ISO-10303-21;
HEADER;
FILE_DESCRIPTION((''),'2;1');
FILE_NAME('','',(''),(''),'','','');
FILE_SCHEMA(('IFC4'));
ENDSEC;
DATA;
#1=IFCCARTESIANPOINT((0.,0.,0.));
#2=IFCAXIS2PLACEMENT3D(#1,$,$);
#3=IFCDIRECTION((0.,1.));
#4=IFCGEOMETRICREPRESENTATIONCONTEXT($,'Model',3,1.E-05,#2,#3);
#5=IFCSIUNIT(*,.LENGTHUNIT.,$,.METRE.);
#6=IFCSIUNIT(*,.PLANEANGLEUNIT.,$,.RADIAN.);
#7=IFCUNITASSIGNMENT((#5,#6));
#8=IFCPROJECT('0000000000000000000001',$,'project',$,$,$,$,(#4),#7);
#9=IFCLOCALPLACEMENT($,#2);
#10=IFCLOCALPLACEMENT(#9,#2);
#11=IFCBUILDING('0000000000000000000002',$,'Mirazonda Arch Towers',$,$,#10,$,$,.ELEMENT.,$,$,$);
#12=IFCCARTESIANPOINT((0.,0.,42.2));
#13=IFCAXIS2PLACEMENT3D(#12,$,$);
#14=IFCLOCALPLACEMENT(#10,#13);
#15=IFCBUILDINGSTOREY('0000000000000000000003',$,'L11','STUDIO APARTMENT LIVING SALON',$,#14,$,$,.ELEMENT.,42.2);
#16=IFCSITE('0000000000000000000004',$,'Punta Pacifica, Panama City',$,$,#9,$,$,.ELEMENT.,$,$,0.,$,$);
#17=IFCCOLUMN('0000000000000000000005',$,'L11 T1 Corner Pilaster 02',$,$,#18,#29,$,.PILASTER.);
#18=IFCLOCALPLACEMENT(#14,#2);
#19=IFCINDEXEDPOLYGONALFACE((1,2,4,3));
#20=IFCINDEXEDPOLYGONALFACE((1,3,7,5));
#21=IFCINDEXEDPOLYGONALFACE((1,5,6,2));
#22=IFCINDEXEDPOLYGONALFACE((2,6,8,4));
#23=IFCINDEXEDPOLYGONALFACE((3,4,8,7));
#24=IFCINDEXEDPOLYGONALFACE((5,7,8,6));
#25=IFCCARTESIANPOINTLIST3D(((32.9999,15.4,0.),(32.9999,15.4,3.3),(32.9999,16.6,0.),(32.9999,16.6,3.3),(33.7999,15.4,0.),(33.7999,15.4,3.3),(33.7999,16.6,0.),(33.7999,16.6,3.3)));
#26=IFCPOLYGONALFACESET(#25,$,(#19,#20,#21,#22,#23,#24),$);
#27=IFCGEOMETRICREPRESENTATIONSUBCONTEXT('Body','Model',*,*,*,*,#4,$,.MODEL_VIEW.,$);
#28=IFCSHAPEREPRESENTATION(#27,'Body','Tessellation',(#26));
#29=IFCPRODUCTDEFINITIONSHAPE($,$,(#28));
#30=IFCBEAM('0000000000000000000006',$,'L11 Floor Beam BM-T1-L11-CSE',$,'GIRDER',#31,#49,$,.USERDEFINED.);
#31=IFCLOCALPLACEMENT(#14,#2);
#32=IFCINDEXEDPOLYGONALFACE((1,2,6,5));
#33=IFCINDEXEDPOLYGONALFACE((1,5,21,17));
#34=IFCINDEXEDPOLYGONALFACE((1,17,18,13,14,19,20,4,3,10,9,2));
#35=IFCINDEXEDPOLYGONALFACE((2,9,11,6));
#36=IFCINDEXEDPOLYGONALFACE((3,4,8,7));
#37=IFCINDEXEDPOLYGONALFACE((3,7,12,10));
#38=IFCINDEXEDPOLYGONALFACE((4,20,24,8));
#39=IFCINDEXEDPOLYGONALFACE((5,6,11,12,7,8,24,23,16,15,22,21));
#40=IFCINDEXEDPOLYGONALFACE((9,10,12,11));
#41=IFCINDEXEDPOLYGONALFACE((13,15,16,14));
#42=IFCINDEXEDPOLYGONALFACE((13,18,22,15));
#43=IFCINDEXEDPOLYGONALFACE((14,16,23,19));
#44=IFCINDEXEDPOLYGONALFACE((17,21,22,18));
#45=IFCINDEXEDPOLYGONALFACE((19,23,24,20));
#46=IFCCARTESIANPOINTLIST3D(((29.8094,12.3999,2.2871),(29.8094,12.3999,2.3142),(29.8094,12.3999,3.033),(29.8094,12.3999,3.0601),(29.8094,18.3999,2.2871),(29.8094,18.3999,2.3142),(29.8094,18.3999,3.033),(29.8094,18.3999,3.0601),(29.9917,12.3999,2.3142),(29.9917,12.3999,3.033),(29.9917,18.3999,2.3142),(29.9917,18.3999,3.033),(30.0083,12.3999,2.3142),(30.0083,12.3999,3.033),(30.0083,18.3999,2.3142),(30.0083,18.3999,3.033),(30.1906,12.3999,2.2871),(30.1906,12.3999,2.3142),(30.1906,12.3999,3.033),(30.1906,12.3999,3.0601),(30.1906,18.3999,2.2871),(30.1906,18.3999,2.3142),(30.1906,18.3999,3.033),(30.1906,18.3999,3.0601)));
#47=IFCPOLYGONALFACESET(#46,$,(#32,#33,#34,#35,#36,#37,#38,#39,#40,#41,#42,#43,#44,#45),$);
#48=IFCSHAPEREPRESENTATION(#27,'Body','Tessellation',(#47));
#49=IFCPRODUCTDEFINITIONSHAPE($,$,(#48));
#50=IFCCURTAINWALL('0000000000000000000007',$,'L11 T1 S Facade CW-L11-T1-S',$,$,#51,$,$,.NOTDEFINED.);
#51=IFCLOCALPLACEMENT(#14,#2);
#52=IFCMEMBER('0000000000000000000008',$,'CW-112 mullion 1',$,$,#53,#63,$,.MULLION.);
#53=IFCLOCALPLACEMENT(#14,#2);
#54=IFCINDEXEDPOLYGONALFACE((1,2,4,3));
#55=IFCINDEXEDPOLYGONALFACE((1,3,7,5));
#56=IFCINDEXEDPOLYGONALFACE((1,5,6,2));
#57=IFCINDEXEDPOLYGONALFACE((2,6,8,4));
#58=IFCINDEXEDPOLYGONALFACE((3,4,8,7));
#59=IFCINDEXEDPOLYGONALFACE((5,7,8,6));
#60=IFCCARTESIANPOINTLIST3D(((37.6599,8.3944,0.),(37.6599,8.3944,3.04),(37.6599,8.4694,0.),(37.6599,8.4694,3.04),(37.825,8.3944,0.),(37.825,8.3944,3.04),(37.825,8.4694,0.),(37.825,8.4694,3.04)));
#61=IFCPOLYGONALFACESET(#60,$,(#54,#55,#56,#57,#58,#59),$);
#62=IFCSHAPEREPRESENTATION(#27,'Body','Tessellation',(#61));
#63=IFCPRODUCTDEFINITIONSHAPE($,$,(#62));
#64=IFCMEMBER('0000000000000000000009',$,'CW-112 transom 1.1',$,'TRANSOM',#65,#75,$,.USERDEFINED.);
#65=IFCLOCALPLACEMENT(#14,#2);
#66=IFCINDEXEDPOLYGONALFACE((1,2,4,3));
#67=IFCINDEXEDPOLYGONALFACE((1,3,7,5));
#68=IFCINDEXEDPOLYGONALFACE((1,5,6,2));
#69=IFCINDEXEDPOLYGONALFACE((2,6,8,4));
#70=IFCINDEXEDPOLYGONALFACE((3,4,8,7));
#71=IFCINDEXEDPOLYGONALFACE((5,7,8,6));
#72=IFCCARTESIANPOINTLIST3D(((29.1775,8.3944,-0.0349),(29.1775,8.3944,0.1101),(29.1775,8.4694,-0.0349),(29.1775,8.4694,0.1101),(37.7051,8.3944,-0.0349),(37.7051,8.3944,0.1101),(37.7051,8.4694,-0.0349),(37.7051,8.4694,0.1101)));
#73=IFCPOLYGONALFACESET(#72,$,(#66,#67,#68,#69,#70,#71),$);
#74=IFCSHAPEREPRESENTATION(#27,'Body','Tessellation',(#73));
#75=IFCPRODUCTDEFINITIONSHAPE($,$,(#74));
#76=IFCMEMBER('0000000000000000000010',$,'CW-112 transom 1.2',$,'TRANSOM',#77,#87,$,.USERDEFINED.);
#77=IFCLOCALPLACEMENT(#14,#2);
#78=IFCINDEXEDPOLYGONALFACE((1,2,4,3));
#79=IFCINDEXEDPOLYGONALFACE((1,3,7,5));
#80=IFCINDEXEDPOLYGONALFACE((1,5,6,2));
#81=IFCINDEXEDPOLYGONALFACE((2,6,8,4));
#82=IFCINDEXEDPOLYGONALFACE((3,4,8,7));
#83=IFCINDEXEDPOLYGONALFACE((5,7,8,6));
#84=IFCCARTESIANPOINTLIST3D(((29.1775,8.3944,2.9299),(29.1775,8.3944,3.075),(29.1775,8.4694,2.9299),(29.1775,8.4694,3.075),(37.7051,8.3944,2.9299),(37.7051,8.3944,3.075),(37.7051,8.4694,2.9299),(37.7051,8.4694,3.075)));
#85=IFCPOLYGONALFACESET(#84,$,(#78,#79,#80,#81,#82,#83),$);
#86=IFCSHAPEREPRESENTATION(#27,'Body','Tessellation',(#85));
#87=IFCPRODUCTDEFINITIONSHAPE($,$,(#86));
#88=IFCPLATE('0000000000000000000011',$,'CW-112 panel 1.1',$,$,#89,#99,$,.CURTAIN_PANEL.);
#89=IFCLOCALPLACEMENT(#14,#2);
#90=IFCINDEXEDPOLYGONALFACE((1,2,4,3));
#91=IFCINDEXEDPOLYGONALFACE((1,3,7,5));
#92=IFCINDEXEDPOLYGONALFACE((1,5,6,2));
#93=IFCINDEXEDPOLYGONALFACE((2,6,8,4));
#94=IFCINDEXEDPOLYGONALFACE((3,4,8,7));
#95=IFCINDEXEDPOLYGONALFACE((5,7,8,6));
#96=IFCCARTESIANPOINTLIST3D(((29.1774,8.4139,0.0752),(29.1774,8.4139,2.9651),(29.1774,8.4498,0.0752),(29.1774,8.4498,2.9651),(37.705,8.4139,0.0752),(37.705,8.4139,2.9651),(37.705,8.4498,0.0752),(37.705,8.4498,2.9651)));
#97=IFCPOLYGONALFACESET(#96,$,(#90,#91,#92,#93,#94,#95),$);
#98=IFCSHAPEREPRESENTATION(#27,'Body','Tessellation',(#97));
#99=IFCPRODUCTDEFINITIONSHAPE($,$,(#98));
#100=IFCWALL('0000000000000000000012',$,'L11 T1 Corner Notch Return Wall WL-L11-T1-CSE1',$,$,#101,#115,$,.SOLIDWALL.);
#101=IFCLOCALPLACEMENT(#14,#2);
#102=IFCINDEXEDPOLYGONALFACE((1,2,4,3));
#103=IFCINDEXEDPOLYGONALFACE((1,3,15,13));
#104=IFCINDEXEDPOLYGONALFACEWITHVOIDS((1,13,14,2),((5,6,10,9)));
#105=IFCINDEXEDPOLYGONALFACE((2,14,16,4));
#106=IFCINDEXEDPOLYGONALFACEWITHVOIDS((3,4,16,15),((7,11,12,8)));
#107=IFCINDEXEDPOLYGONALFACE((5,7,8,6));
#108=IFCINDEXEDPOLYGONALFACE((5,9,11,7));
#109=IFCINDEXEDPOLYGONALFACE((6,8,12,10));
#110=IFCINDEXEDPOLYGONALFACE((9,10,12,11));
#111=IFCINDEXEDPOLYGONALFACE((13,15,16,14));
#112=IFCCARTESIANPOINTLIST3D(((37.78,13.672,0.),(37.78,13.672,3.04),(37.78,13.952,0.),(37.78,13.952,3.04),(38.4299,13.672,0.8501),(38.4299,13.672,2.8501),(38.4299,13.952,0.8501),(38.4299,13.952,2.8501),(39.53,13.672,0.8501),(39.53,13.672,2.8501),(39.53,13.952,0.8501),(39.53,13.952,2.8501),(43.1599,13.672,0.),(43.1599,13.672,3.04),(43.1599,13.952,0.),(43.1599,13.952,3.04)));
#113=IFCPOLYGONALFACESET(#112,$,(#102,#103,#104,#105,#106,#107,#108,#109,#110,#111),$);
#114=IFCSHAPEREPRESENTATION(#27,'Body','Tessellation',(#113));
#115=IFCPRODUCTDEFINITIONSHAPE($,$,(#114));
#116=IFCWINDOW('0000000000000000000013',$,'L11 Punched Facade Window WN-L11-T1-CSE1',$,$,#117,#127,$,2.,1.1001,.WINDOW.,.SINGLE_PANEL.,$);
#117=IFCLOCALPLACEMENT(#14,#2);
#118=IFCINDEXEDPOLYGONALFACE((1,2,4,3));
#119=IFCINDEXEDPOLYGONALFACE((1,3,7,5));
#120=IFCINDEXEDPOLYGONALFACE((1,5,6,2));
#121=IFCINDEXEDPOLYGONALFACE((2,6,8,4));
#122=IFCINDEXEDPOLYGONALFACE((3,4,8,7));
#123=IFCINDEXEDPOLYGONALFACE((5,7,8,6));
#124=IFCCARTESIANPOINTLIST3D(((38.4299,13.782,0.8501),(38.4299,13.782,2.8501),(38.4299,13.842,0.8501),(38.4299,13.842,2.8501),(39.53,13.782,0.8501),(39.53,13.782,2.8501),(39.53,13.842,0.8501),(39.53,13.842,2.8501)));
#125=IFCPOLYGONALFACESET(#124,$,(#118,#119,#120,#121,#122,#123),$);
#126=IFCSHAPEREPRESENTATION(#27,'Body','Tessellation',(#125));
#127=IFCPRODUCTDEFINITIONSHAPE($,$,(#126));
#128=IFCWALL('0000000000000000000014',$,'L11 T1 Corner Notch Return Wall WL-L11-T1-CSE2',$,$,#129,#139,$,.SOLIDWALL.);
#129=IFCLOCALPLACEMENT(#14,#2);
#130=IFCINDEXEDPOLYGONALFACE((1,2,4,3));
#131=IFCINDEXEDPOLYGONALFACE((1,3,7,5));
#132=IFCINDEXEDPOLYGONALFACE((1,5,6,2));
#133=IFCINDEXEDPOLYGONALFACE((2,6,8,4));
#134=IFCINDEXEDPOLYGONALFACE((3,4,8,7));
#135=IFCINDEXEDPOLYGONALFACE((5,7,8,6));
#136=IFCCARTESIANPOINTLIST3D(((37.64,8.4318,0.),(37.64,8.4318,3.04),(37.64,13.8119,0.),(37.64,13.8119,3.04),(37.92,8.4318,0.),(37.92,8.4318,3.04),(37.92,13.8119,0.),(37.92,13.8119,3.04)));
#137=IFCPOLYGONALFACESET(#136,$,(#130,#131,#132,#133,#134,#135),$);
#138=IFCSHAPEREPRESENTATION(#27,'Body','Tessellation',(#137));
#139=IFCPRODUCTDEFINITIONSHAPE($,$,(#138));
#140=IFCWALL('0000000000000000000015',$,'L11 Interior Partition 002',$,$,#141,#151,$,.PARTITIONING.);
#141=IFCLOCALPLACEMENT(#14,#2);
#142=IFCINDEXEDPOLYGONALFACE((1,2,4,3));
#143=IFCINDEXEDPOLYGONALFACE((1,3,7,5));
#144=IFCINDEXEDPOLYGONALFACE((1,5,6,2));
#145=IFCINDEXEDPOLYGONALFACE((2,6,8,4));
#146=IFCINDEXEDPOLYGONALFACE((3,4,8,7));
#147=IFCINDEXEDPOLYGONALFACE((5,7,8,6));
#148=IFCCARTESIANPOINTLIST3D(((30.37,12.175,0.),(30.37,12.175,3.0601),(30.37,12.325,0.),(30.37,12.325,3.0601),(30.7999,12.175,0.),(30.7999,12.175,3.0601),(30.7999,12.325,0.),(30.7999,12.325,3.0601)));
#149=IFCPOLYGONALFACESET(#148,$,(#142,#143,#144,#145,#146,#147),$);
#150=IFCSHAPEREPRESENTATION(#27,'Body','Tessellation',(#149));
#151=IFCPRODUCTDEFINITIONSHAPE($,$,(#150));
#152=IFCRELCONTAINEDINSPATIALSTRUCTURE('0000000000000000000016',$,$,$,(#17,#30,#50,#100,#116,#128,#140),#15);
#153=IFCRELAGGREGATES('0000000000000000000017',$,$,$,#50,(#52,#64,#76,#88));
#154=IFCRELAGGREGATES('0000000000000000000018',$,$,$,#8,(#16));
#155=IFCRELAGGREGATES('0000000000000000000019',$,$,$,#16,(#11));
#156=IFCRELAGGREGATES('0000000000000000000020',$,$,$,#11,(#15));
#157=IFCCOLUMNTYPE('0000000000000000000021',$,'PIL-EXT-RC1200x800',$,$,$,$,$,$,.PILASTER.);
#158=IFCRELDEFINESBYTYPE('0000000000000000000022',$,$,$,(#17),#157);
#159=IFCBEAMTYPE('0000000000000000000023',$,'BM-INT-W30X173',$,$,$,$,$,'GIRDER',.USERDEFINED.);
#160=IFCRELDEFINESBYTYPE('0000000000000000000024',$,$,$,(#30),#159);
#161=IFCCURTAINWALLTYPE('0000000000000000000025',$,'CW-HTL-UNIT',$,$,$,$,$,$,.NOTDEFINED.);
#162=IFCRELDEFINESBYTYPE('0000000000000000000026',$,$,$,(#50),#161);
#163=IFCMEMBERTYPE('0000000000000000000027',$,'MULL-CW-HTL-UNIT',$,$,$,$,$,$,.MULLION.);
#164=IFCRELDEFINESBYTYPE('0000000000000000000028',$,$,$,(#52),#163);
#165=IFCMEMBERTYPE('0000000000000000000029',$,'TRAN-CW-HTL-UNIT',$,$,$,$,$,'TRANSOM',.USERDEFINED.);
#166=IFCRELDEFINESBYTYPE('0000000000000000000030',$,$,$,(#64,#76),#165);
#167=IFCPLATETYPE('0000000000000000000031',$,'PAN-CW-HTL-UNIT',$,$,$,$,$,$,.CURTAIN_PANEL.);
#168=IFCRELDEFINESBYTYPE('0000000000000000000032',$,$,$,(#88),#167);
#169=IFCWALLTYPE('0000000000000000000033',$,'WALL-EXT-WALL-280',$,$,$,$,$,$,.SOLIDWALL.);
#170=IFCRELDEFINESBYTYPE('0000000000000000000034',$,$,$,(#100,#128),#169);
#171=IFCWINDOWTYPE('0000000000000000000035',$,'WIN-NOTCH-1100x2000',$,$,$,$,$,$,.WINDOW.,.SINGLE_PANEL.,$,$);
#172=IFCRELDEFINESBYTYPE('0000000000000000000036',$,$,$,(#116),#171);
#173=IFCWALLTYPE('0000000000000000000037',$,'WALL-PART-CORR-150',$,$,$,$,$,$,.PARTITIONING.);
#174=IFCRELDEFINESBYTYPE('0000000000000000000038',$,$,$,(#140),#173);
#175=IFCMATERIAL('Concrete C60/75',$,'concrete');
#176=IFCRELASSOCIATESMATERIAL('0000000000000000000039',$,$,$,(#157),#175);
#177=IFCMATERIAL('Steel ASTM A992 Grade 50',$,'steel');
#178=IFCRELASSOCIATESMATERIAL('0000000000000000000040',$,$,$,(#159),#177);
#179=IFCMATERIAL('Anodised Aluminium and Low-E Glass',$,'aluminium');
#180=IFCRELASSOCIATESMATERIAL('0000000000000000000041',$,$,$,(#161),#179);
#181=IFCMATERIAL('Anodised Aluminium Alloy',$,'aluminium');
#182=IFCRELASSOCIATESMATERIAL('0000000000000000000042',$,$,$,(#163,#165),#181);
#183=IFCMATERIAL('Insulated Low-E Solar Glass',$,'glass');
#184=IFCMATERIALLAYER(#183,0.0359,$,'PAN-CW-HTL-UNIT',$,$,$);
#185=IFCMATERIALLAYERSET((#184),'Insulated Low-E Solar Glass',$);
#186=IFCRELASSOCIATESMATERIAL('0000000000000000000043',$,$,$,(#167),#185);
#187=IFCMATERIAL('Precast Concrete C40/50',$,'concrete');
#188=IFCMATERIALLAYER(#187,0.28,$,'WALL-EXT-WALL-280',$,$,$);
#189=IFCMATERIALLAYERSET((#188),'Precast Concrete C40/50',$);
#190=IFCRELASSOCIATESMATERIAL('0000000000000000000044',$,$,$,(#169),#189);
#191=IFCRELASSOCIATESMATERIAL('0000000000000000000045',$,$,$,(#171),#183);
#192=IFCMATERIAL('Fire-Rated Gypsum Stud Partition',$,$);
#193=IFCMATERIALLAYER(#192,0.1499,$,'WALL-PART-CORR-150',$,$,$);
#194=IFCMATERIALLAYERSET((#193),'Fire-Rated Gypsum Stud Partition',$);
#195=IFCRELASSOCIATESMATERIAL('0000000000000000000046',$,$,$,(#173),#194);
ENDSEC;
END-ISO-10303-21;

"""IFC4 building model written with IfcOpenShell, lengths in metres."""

from ifc_helpers import new_model, si_unit, direction, frame, frame_2d, origin, origin_2d, place, context, subcontext, project, spatial, rectangle, i_section, extrude, material, layer, layer_set, material_profile, profile_set, type_object, element, fill, aggregate, save


model = new_model("IFC4")

# Units and contexts
model_context = context("Model", 3, precision=1e-05, world=origin(), true_north=direction((0.0, 1.0)))
body_context = subcontext(model_context, "Body", "Model", "MODEL_VIEW")
ifc_project = project(units=[si_unit("LENGTHUNIT", "METRE"), si_unit("PLANEANGLEUNIT", "RADIAN")], contexts=[model_context])

# Site, building, storey
site_placement = place(None, origin())
site = spatial("IfcSite", under=ifc_project, at=site_placement, Name="Punta Pacifica, Panama City", CompositionType="ELEMENT", RefElevation=0.0)
building_placement = place(site_placement, origin())
building = spatial("IfcBuilding", under=site, at=building_placement, Name="Mirazonda Arch Towers", CompositionType="ELEMENT")
storey_placement = place(building_placement, frame((0.0, 0.0, 42.2)))
storey = spatial("IfcBuildingStorey", under=building, at=storey_placement, Name="L11", Description="STUDIO APARTMENT LIVING SALON", CompositionType="ELEMENT", Elevation=42.2)

# Column
ifc_material_1 = material(Name="Concrete C60/75", Category="concrete")
ifc_material_profile_1 = material_profile(ifc_material_1, rectangle(XDim=0.8, YDim=1.2, at=origin_2d()), Name="RC1200x800")
ifc_profile_set_1 = profile_set([ifc_material_profile_1], Name="Concrete C60/75")
column_type = type_object("IfcColumnType", Name="PIL-EXT-RC1200x800", PredefinedType="PILASTER", material=ifc_profile_set_1)
column_placement = place(storey_placement, frame((33.3999, 16.0, 0.0), z_axis=(0.0, 0.0, 1.0), x_axis=(1.0, 0.0, 0.0)))
element("IfcColumn", 1, at=column_placement, inside=storey, type_object=column_type, Name="L11 T1 Corner Pilaster 02", PredefinedType="PILASTER", context=body_context, shape_type="SweptSolid", body=[
    extrude(rectangle(XDim=0.8, YDim=1.2, at=origin_2d()), origin(), (0.0, 0.0, 1.0), 3.3),
])

# Beam
ifc_material_2 = material(Name="Steel ASTM A992 Grade 50", Category="steel")
ifc_material_profile_2 = material_profile(ifc_material_2, i_section(OverallWidth=0.3811, OverallDepth=0.7729, WebThickness=0.0166, FlangeThickness=0.0271, at=origin_2d()), Name="W30X173")
ifc_profile_set_2 = profile_set([ifc_material_profile_2], Name="Steel ASTM A992 Grade 50")
beam_type = type_object("IfcBeamType", Name="BM-INT-W30X173", ElementType="GIRDER", PredefinedType="USERDEFINED", material=ifc_profile_set_2)
beam_placement = place(storey_placement, frame((30.0, 12.3999, 2.6736), z_axis=(0.0, 1.0, 0.0), x_axis=(-1.0, 0.0, 0.0)))
element("IfcBeam", 2, at=beam_placement, inside=storey, type_object=beam_type, Name="L11 Floor Beam BM-T1-L11-CSE", ObjectType="GIRDER", PredefinedType="USERDEFINED", context=body_context, shape_type="SweptSolid", body=[
    extrude(i_section(OverallWidth=0.3811, OverallDepth=0.7729, WebThickness=0.0166, FlangeThickness=0.0271, at=origin_2d()), origin(), (0.0, 0.0, 1.0), 6.0),
])

# Curtain wall, members, plate
ifc_material_3 = material(Name="Anodised Aluminium and Low-E Glass", Category="aluminium")
curtain_wall_type = type_object("IfcCurtainWallType", Name="CW-HTL-UNIT", PredefinedType="NOTDEFINED", material=ifc_material_3)
curtain_wall_placement = place(storey_placement, origin())
curtain_wall = element("IfcCurtainWall", 3, at=curtain_wall_placement, inside=storey, type_object=curtain_wall_type, Name="L11 T1 S Facade CW-L11-T1-S", PredefinedType="NOTDEFINED")
ifc_material_4 = material(Name="Anodised Aluminium Alloy", Category="aluminium")
ifc_material_profile_3 = material_profile(ifc_material_4, rectangle(XDim=0.075, YDim=0.165, at=origin_2d()), Name="ALU-MULL-75x165")
ifc_profile_set_3 = profile_set([ifc_material_profile_3], Name="Anodised Aluminium Alloy")
member_type_1 = type_object("IfcMemberType", Name="MULL-CW-HTL-UNIT", PredefinedType="MULLION", material=ifc_profile_set_3)
member_1_placement = place(storey_placement, frame((37.7424, 8.4319, 0.0), z_axis=(0.0, 0.0, 1.0), x_axis=(0.0, -1.0, 0.0)))
member_1 = element("IfcMember", 4, at=member_1_placement, type_object=member_type_1, Name="CW-112 mullion 1", PredefinedType="MULLION", context=body_context, shape_type="SweptSolid", body=[
    extrude(rectangle(XDim=0.075, YDim=0.165, at=origin_2d()), origin(), (0.0, 0.0, 1.0), 3.04),
])
ifc_material_profile_4 = material_profile(ifc_material_4, rectangle(XDim=0.075, YDim=0.145, at=origin_2d()), Name="ALU-TRAN-75x145")
ifc_profile_set_4 = profile_set([ifc_material_profile_4], Name="Anodised Aluminium Alloy")
member_type_2 = type_object("IfcMemberType", Name="TRAN-CW-HTL-UNIT", ElementType="TRANSOM", PredefinedType="USERDEFINED", material=ifc_profile_set_4)
member_2_placement = place(storey_placement, frame((37.7051, 8.4319, 0.0376), z_axis=(-1.0, 0.0, 0.0), x_axis=(0.0, -1.0, 0.0)))
member_2 = element("IfcMember", 5, at=member_2_placement, type_object=member_type_2, Name="CW-112 transom 1.1", ObjectType="TRANSOM", PredefinedType="USERDEFINED", context=body_context, shape_type="SweptSolid", body=[
    extrude(rectangle(XDim=0.075, YDim=0.145, at=origin_2d()), origin(), (0.0, 0.0, 1.0), 8.5276),
])
member_3_placement = place(storey_placement, frame((37.7051, 8.4319, 3.0024), z_axis=(-1.0, 0.0, 0.0), x_axis=(0.0, -1.0, 0.0)))
member_3 = element("IfcMember", 6, at=member_3_placement, type_object=member_type_2, Name="CW-112 transom 1.2", ObjectType="TRANSOM", PredefinedType="USERDEFINED", context=body_context, shape_type="SweptSolid", body=[
    extrude(rectangle(XDim=0.075, YDim=0.145, at=origin_2d()), origin(), (0.0, 0.0, 1.0), 8.5276),
])
ifc_material_5 = material(Name="Insulated Low-E Solar Glass", Category="glass")
ifc_layer_1 = layer(ifc_material_5, 0.0359, Name="PAN-CW-HTL-UNIT")
ifc_layer_set_1 = layer_set([ifc_layer_1], Name="Insulated Low-E Solar Glass")
plate_type = type_object("IfcPlateType", Name="PAN-CW-HTL-UNIT", PredefinedType="CURTAIN_PANEL", material=ifc_layer_set_1)
plate_placement = place(storey_placement, frame((33.4412, 8.4319, 0.0752), z_axis=(0.0, 0.0, 1.0), x_axis=(-1.0, 0.0, 0.0)))
plate = element("IfcPlate", 7, at=plate_placement, type_object=plate_type, Name="CW-112 panel 1.1", PredefinedType="CURTAIN_PANEL", context=body_context, shape_type="SweptSolid", body=[
    extrude(rectangle(XDim=8.5276, YDim=0.0359, at=origin_2d()), origin(), (0.0, 0.0, 1.0), 2.8899),
])
aggregate(curtain_wall, [member_1, member_2, member_3, plate])

# Wall, opening, window
ifc_material_6 = material(Name="Precast Concrete C40/50", Category="concrete")
ifc_layer_2 = layer(ifc_material_6, 0.28, Name="WALL-EXT-WALL-280")
ifc_layer_set_2 = layer_set([ifc_layer_2], Name="Precast Concrete C40/50")
wall_type_1 = type_object("IfcWallType", Name="WALL-EXT-WALL-280", PredefinedType="SOLIDWALL", material=ifc_layer_set_2)
wall_1_placement = place(storey_placement, frame((37.78, 13.812, 0.0), z_axis=(0.0, 0.0, 1.0), x_axis=(1.0, 0.0, 0.0)))
wall_1 = element("IfcWall", 8, at=wall_1_placement, inside=storey, type_object=wall_type_1, Name="L11 T1 Corner Notch Return Wall WL-L11-T1-CSE1", PredefinedType="SOLIDWALL", context=body_context, shape_type="SweptSolid", body=[
    extrude(rectangle(XDim=5.3799, YDim=0.28, at=frame_2d((2.6899, 0.0))), origin(), (0.0, 0.0, 1.0), 3.04),
])
opening_1_placement = place(wall_1_placement, frame((0.6499, 0.0, 0.8501)))
opening_1 = element("IfcOpeningElement", 9, at=opening_1_placement, cuts=wall_1, PredefinedType="OPENING", context=body_context, shape_type="SweptSolid", body=[
    extrude(rectangle(XDim=1.1001, YDim=2.0, at=frame_2d((0.55, 1.0))), frame((0.0, 0.1499, 0.0), z_axis=(0.0, -1.0, 0.0), x_axis=(1.0, 0.0, 0.0)), (0.0, 0.0, 1.0), 0.3),
])
window_type = type_object("IfcWindowType", Name="WIN-NOTCH-1100x2000", PartitioningType="SINGLE_PANEL", PredefinedType="WINDOW", material=ifc_material_5)
window_placement = place(opening_1_placement, origin())
window = element("IfcWindow", 10, at=window_placement, inside=storey, type_object=window_type, Name="L11 Punched Facade Window WN-L11-T1-CSE1", OverallHeight=2.0, OverallWidth=1.1001, PartitioningType="SINGLE_PANEL", PredefinedType="WINDOW", context=body_context, shape_type="SweptSolid", body=[
    extrude(rectangle(XDim=1.1001, YDim=2.0, at=frame_2d((0.55, 1.0))), frame((0.0, 0.03, 0.0), z_axis=(0.0, -1.0, 0.0), x_axis=(1.0, 0.0, 0.0)), (0.0, 0.0, 1.0), 0.0601),
])
fill(opening_1, window)

# Walls
wall_2_placement = place(storey_placement, frame((37.78, 8.4319, 0.0), z_axis=(0.0, 0.0, 1.0), x_axis=(0.0, 1.0, 0.0)))
element("IfcWall", 11, at=wall_2_placement, inside=storey, type_object=wall_type_1, Name="L11 T1 Corner Notch Return Wall WL-L11-T1-CSE2", PredefinedType="SOLIDWALL", context=body_context, shape_type="SweptSolid", body=[
    extrude(rectangle(XDim=5.3801, YDim=0.28, at=frame_2d((2.6899, 0.0))), origin(), (0.0, 0.0, 1.0), 3.04),
])
ifc_material_7 = material(Name="Fire-Rated Gypsum Stud Partition")
ifc_layer_3 = layer(ifc_material_7, 0.1499, Name="WALL-PART-CORR-150")
ifc_layer_set_3 = layer_set([ifc_layer_3], Name="Fire-Rated Gypsum Stud Partition")
wall_type_2 = type_object("IfcWallType", Name="WALL-PART-CORR-150", PredefinedType="PARTITIONING", material=ifc_layer_set_3)
wall_3_placement = place(storey_placement, frame((30.3701, 12.25, 0.0), z_axis=(0.0, 0.0, 1.0), x_axis=(1.0, 0.0, 0.0)))
element("IfcWall", 12, at=wall_3_placement, inside=storey, type_object=wall_type_2, Name="L11 Interior Partition 002", PredefinedType="PARTITIONING", context=body_context, shape_type="SweptSolid", body=[
    extrude(rectangle(XDim=0.4299, YDim=0.1499, at=frame_2d((0.2148, 0.0))), origin(), (0.0, 0.0, 1.0), 3.0601),
])

save(model, "model.ifc")
